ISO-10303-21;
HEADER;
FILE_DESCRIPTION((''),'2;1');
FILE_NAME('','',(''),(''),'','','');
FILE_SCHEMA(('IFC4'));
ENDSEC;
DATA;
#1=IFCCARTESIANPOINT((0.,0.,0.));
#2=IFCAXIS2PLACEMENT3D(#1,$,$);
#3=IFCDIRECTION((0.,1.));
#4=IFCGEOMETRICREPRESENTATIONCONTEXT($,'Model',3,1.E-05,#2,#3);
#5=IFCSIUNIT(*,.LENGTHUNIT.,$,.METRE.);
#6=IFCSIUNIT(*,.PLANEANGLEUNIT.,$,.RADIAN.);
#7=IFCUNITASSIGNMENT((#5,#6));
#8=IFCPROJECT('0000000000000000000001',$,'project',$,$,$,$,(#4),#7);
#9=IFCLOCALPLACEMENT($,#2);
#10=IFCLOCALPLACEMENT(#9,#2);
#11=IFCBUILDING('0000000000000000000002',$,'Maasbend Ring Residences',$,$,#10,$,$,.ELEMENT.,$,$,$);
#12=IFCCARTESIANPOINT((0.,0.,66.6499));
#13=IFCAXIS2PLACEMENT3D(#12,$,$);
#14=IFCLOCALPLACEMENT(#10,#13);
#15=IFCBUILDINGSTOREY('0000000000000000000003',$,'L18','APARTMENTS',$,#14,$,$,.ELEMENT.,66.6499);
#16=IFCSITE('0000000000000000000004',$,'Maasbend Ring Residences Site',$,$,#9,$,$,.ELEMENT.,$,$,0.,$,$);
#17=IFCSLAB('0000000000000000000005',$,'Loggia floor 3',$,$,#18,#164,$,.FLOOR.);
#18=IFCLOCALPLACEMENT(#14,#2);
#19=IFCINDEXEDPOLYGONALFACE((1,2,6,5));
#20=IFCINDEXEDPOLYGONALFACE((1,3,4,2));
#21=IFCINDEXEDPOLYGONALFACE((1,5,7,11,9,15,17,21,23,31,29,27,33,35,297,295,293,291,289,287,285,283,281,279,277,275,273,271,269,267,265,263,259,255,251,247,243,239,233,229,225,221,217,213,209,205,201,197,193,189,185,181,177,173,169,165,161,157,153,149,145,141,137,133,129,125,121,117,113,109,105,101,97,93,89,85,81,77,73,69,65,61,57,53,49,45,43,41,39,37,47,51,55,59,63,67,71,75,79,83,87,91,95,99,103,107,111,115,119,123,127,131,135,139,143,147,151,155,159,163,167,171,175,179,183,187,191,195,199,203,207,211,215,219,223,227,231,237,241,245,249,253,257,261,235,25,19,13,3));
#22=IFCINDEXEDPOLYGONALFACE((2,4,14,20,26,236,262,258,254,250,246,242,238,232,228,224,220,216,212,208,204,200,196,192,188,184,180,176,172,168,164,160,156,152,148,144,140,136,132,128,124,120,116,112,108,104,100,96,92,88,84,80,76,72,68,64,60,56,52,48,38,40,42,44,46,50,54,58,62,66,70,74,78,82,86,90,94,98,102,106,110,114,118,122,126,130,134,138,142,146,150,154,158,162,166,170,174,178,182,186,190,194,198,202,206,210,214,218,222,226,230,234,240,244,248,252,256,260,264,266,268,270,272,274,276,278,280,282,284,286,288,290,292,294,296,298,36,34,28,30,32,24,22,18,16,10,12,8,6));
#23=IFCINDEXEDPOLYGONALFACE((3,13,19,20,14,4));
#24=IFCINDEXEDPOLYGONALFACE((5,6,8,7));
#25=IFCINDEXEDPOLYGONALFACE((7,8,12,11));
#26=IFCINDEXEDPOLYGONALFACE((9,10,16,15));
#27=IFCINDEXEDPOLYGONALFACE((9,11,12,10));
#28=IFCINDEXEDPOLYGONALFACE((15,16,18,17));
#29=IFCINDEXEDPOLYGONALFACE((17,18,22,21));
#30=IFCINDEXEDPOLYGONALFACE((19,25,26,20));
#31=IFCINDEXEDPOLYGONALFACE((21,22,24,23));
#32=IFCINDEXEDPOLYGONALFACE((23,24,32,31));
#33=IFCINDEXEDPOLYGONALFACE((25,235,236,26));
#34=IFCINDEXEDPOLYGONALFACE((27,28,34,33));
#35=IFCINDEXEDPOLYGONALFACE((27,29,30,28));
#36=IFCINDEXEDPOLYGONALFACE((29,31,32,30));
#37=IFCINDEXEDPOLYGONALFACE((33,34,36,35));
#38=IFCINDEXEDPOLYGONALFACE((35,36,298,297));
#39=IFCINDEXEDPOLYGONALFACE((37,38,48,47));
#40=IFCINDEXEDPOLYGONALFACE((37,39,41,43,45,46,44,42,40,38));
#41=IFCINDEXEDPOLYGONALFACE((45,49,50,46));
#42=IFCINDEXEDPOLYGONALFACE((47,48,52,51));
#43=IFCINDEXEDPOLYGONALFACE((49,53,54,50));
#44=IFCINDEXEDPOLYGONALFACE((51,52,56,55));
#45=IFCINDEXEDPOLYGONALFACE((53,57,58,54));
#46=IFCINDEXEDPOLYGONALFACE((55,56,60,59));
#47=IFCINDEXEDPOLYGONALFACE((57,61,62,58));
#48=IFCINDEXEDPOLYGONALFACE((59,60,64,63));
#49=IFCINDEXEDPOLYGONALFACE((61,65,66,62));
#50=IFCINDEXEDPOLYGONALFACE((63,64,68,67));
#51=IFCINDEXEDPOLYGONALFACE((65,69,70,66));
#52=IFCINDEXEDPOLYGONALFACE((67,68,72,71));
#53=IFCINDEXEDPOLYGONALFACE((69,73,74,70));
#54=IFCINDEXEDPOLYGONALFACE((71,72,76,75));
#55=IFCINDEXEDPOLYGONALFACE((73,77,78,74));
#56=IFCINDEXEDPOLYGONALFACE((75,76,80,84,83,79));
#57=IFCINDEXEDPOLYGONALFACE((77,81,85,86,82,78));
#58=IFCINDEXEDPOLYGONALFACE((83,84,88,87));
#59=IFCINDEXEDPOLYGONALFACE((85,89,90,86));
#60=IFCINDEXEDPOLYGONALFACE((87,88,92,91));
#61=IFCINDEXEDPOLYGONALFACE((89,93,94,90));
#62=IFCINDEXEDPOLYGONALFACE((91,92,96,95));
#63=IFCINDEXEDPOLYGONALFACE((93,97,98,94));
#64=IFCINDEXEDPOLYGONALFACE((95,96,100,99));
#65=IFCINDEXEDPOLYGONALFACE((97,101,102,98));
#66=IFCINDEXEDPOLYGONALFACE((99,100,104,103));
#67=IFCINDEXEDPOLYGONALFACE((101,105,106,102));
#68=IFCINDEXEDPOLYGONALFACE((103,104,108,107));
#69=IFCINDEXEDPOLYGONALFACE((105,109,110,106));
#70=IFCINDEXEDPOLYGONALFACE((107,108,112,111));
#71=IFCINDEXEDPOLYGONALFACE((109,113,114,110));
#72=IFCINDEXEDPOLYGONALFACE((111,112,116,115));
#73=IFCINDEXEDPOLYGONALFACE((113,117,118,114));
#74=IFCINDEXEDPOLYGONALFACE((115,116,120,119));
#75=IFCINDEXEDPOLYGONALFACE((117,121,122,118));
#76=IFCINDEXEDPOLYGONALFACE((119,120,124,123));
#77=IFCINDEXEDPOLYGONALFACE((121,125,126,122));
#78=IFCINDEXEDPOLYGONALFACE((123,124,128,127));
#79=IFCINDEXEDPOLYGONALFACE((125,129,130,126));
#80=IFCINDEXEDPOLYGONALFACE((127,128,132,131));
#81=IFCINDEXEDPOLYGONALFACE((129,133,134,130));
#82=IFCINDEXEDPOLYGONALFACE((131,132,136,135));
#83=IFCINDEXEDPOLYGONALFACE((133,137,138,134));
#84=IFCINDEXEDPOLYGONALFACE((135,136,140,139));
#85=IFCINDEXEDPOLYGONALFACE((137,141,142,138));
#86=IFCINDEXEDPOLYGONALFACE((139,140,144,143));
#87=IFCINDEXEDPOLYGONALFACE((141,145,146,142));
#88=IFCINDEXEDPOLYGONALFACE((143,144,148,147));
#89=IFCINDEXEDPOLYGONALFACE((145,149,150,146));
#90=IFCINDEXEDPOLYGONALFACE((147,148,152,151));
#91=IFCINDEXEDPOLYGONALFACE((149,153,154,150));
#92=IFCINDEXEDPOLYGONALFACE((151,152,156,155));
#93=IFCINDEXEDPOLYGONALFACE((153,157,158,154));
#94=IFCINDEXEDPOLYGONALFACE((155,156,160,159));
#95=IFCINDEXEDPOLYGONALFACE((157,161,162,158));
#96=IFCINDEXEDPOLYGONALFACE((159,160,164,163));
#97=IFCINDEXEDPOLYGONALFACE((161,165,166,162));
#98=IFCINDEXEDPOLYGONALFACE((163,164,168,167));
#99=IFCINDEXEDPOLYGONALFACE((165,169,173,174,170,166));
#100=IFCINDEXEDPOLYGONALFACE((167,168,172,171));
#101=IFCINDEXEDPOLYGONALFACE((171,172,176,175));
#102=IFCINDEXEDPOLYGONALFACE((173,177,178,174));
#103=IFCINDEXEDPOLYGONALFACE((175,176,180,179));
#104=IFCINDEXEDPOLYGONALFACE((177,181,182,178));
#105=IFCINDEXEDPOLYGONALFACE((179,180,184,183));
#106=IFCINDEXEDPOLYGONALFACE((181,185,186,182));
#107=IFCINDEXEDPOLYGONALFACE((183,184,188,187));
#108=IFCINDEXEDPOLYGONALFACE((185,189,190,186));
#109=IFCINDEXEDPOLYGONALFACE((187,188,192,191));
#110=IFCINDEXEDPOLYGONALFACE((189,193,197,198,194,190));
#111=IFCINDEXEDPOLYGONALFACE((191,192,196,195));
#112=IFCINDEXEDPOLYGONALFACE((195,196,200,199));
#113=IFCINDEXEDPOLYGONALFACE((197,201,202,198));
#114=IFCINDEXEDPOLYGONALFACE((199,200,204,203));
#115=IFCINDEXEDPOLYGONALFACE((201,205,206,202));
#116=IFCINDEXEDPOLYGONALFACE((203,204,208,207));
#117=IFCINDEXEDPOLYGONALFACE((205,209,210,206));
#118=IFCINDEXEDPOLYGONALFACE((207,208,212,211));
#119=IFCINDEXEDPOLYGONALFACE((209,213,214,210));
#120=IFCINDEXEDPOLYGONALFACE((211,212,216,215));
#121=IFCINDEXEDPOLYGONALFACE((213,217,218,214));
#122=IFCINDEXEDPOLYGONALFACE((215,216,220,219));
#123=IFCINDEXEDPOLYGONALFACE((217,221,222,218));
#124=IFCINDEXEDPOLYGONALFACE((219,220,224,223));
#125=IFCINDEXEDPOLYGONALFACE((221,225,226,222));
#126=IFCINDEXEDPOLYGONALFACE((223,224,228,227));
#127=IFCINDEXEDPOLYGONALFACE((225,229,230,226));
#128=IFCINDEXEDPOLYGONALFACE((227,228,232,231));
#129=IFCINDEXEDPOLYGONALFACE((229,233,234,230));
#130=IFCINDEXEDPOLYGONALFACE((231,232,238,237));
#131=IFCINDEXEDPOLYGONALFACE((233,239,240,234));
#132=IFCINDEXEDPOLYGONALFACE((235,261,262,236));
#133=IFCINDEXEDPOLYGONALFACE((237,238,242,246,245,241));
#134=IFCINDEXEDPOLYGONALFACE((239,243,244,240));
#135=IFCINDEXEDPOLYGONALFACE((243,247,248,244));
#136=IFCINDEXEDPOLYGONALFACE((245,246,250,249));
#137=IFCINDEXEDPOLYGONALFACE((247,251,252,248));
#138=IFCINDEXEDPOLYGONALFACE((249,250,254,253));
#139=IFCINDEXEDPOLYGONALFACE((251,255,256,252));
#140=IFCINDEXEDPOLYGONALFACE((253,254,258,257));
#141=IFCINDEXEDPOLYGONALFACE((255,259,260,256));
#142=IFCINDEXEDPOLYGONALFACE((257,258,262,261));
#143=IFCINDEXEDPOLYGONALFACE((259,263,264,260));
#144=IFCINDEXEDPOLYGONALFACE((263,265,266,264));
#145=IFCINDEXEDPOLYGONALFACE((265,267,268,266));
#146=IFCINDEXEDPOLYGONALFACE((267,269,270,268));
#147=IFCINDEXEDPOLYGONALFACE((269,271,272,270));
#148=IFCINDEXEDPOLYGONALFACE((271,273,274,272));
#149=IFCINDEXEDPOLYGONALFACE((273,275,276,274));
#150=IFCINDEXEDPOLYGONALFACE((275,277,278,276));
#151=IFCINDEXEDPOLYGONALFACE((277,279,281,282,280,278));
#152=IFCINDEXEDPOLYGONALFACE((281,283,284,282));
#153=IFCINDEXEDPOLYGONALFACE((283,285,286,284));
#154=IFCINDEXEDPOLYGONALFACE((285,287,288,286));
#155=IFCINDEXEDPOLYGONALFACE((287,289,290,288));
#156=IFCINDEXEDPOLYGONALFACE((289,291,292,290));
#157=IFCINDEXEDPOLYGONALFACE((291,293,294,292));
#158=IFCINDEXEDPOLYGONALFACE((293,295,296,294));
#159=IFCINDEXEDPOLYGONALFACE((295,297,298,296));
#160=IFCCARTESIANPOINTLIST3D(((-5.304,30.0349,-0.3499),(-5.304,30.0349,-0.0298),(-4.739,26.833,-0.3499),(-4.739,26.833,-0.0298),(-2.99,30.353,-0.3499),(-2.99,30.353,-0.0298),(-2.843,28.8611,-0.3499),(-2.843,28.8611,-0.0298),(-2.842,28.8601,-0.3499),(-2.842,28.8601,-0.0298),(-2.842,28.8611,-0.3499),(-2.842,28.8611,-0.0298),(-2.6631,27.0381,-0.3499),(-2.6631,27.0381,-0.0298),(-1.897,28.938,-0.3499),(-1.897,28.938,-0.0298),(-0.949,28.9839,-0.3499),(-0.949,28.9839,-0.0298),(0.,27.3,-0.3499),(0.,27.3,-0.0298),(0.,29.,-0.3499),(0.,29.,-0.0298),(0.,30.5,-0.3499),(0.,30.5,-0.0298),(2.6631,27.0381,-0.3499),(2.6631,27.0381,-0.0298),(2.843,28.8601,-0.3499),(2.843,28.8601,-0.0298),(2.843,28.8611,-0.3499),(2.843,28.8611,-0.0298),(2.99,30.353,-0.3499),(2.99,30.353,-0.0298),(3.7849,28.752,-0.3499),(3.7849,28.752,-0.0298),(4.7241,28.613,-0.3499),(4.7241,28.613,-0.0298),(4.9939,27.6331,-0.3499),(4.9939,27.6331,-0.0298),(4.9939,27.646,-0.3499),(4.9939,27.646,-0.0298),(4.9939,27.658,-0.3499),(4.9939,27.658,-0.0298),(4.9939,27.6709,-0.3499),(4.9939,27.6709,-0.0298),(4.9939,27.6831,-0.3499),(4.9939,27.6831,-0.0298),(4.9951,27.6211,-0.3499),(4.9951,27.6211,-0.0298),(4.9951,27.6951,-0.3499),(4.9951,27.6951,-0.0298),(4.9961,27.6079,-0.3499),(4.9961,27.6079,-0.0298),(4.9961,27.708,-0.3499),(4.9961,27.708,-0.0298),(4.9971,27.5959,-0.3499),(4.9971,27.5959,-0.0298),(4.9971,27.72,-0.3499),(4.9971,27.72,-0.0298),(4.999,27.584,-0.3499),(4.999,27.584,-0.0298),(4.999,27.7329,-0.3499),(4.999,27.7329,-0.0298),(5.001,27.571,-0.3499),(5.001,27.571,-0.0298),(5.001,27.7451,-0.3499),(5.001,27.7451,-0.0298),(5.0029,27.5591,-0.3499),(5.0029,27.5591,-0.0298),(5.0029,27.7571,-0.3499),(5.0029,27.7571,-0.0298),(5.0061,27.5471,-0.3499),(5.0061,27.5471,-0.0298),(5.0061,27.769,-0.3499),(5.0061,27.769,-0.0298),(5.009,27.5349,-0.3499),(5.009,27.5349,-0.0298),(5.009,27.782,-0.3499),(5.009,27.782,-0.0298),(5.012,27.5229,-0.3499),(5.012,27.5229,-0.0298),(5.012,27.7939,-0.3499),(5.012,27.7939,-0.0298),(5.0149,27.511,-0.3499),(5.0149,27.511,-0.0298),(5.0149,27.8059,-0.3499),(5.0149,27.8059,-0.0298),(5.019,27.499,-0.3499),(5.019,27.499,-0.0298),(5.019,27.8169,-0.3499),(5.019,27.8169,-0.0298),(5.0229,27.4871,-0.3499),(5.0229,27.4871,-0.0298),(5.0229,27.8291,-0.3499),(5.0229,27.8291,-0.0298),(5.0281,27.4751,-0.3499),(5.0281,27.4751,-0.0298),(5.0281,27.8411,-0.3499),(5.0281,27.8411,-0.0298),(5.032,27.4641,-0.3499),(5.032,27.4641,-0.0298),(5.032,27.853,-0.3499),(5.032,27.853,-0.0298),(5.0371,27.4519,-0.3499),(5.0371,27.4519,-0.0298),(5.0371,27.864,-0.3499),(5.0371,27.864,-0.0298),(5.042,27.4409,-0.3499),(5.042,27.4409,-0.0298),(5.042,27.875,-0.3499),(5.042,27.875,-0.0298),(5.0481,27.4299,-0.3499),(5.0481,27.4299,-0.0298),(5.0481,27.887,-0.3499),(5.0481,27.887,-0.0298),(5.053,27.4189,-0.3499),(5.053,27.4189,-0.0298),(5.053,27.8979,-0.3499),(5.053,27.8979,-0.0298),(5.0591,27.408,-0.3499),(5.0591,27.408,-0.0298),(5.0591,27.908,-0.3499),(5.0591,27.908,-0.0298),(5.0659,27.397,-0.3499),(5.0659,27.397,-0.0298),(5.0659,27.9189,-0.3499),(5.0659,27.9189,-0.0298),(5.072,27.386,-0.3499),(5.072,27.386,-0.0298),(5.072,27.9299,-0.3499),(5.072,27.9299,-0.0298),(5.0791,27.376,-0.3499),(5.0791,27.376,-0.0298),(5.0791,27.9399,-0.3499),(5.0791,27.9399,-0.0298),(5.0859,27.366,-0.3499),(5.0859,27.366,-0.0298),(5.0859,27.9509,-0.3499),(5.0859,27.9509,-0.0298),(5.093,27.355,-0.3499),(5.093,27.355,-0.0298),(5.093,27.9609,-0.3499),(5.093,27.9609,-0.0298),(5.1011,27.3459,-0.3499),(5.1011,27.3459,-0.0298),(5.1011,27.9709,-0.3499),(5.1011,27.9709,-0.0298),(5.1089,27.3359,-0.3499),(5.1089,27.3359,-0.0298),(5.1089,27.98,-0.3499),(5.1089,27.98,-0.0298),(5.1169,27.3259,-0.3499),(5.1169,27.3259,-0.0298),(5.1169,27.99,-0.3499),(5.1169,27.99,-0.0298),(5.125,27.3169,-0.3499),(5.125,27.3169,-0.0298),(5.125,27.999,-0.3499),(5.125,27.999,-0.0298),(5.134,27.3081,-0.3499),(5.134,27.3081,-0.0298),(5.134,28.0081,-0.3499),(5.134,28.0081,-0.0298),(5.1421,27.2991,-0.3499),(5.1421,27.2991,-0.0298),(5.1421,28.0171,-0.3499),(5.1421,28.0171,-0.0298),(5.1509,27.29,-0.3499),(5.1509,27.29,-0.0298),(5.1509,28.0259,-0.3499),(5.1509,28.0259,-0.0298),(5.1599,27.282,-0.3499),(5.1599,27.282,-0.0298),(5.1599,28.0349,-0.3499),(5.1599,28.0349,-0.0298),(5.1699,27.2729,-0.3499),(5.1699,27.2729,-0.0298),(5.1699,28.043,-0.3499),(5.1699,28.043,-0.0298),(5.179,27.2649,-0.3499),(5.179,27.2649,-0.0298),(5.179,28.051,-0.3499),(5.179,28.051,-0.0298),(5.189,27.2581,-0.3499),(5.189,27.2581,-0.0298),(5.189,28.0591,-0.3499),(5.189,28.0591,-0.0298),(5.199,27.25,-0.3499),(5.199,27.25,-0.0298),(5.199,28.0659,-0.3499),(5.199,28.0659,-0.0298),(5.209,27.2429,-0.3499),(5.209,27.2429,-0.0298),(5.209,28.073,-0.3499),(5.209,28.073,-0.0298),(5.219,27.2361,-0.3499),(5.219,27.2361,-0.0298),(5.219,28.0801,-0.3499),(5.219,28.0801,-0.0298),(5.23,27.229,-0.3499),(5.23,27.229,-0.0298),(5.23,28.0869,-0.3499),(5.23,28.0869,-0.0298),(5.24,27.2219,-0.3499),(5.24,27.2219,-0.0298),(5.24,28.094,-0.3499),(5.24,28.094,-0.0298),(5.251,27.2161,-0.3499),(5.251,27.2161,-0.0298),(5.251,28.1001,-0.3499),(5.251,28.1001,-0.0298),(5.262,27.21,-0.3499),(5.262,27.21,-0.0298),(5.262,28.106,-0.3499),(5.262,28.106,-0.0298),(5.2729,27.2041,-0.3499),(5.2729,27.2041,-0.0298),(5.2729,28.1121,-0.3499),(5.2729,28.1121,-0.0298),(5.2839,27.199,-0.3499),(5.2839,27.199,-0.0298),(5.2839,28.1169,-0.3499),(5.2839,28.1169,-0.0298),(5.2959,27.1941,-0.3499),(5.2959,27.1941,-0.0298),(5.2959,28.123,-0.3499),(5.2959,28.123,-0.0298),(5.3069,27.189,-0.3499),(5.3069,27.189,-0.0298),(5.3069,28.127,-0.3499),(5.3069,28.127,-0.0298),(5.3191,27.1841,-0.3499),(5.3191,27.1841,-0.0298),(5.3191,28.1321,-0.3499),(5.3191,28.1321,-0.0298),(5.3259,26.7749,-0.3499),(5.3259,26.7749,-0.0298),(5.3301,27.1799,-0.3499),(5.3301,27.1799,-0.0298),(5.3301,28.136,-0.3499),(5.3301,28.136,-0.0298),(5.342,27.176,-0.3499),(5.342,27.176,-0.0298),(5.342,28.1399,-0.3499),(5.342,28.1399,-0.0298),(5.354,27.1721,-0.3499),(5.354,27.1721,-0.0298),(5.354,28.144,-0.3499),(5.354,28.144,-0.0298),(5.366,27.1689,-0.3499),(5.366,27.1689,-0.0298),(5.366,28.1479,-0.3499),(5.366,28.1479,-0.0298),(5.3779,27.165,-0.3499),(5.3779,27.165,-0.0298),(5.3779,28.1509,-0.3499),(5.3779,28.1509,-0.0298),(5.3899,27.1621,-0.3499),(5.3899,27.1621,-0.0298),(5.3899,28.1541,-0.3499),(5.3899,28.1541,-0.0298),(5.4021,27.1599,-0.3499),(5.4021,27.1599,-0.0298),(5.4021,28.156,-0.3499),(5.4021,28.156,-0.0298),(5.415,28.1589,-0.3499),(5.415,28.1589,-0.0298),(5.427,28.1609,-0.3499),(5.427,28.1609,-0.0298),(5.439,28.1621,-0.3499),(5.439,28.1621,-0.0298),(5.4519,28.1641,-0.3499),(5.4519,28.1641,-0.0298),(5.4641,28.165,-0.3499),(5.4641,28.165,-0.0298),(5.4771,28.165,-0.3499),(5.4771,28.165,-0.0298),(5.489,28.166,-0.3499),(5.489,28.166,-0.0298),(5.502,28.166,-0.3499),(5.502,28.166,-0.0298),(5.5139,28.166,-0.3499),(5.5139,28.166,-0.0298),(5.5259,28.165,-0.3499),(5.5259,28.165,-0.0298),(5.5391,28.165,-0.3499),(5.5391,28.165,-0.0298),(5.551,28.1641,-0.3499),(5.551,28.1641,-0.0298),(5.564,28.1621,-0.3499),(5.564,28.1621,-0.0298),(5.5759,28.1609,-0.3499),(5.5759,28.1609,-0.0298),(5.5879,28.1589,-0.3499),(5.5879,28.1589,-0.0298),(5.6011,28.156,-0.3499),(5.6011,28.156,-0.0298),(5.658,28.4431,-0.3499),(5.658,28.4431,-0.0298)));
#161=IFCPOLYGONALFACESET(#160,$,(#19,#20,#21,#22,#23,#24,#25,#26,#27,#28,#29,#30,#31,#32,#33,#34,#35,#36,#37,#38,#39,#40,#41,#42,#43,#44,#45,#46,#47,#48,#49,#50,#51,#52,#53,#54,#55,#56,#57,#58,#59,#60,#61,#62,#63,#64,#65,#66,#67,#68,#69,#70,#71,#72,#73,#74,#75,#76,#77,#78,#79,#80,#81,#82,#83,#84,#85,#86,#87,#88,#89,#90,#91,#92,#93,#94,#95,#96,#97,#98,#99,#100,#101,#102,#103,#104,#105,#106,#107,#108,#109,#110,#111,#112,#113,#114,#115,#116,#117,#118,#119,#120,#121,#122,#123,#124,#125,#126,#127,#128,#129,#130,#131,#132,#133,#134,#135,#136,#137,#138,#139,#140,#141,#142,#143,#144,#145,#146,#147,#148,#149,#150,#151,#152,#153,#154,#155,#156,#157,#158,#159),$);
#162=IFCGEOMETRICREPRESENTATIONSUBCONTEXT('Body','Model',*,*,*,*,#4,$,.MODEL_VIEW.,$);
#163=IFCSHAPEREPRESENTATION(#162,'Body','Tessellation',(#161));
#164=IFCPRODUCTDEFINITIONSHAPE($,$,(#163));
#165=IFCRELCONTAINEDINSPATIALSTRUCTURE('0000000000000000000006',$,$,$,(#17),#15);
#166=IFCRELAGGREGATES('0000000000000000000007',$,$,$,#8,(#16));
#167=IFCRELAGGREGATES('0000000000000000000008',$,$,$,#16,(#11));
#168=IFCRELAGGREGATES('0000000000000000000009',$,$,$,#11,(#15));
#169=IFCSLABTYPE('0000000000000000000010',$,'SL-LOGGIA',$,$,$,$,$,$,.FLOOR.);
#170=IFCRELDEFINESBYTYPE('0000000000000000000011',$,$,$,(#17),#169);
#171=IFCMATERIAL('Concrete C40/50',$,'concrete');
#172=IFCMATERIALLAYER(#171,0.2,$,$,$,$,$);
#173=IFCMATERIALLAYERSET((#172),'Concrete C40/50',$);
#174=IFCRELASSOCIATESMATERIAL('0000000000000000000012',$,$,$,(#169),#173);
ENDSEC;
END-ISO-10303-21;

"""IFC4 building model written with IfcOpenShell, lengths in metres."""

from ifc_helpers import new_model, si_unit, direction, frame, origin, place, context, subcontext, project, spatial, polyline, outline, extrude, material, layer, layer_set, type_object, element, save


model = new_model("IFC4")

# Units and contexts
model_context = context("Model", 3, precision=1e-05, world=origin(), true_north=direction((0.0, 1.0)))
body_context = subcontext(model_context, "Body", "Model", "MODEL_VIEW")
ifc_project = project(units=[si_unit("LENGTHUNIT", "METRE"), si_unit("PLANEANGLEUNIT", "RADIAN")], contexts=[model_context])

# Site, building, storey
site_placement = place(None, origin())
site = spatial("IfcSite", under=ifc_project, at=site_placement, Name="Maasbend Ring Residences Site", CompositionType="ELEMENT", RefElevation=0.0)
building_placement = place(site_placement, origin())
building = spatial("IfcBuilding", under=site, at=building_placement, Name="Maasbend Ring Residences", CompositionType="ELEMENT")
storey_placement = place(building_placement, frame((0.0, 0.0, 66.6499)))
storey = spatial("IfcBuildingStorey", under=building, at=storey_placement, Name="L18", Description="APARTMENTS", CompositionType="ELEMENT", Elevation=66.6499)

# Slab
ifc_material_1 = material(Name="Concrete C40/50", Category="concrete")
ifc_layer_1 = layer(ifc_material_1, 0.2)
ifc_layer_set_1 = layer_set([ifc_layer_1], Name="Concrete C40/50")
slab_type_1 = type_object("IfcSlabType", Name="SL-LOGGIA", PredefinedType="FLOOR", material=ifc_layer_set_1)
slab_1_placement = place(storey_placement, frame((0.0, 0.0, -0.3499)))
element("IfcSlab", 1, at=slab_1_placement, inside=storey, type_object=slab_type_1, Name="Loggia floor 3", PredefinedType="FLOOR", context=body_context, shape_type="SweptSolid", body=[
    extrude(outline(polyline([(-2.843, 28.8611), (-2.843, 28.8611), (-2.843, 28.8611), (-2.843, 28.8611), (-2.842, 28.8611), (-2.842, 28.8611), (-2.842, 28.8611), (-2.842, 28.8611), (-2.842, 28.8611), (-2.842, 28.8601), (-2.842, 28.8601), (-2.842, 28.8601), (-2.842, 28.8601), (-2.842, 28.8601), (-2.842, 28.8601), (-2.842, 28.8601), (-2.842, 28.8601), (-1.897, 28.938), (-1.897, 28.938), (-0.949, 28.9839), (-0.949, 28.9839), (0.0, 29.0), (0.0, 29.0), (0.0, 29.0), (0.0, 29.0), (0.0, 29.0), (0.0, 29.0), (0.0, 29.0), (0.0, 29.0), (0.0, 29.0), (0.0, 29.0), (0.0, 29.0), (0.0, 29.0), (0.0, 29.0), (0.0, 29.0), (0.0, 29.0), (0.0, 29.0), (0.0, 29.0), (0.0, 30.5), (0.0, 30.5), (0.0, 30.5), (2.99, 30.353), (2.99, 30.353), (2.99, 30.353), (2.843, 28.8611), (2.843, 28.8611), (2.843, 28.8611), (2.843, 28.8611), (2.843, 28.8611), (2.843, 28.8611), (2.843, 28.8611), (2.843, 28.8611), (2.843, 28.8601), (2.843, 28.8601), (2.843, 28.8601), (2.843, 28.8601), (2.843, 28.8601), (2.843, 28.8601), (2.843, 28.8601), (2.843, 28.8601), (2.843, 28.8601), (3.7849, 28.752), (3.7849, 28.752), (4.7241, 28.613), (4.7241, 28.613), (5.658, 28.4431), (5.658, 28.4431), (5.658, 28.4431), (5.6011, 28.156), (5.6011, 28.156), (5.5879, 28.1589), (5.5759, 28.1609), (5.564, 28.1621), (5.551, 28.1641), (5.5391, 28.165), (5.5259, 28.165), (5.5139, 28.166), (5.502, 28.166), (5.489, 28.166), (5.4771, 28.165), (5.4641, 28.165), (5.4519, 28.1641), (5.439, 28.1621), (5.427, 28.1609), (5.415, 28.1589), (5.4021, 28.156), (5.3899, 28.1541), (5.3779, 28.1509), (5.366, 28.1479), (5.354, 28.144), (5.342, 28.1399), (5.3301, 28.136), (5.3191, 28.1321), (5.3069, 28.127), (5.2959, 28.123), (5.2839, 28.1169), (5.2729, 28.1121), (5.262, 28.106), (5.251, 28.1001), (5.24, 28.094), (5.23, 28.0869), (5.219, 28.0801), (5.209, 28.073), (5.199, 28.0659), (5.189, 28.0591), (5.179, 28.051), (5.1699, 28.043), (5.1599, 28.0349), (5.1509, 28.0259), (5.1421, 28.0171), (5.134, 28.0081), (5.125, 27.999), (5.1169, 27.99), (5.1089, 27.98), (5.1011, 27.9709), (5.093, 27.9609), (5.0859, 27.9509), (5.0791, 27.9399), (5.072, 27.9299), (5.0659, 27.9189), (5.0591, 27.908), (5.053, 27.8979), (5.0481, 27.887), (5.042, 27.875), (5.0371, 27.864), (5.032, 27.853), (5.0281, 27.8411), (5.0229, 27.8291), (5.019, 27.8169), (5.0149, 27.8059), (5.012, 27.7939), (5.009, 27.782), (5.0061, 27.769), (5.0029, 27.7571), (5.001, 27.7451), (4.999, 27.7329), (4.9971, 27.72), (4.9961, 27.708), (4.9951, 27.6951), (4.9939, 27.6831), (4.9939, 27.6709), (4.9939, 27.658), (4.9939, 27.646), (4.9939, 27.6331), (4.9951, 27.6211), (4.9961, 27.6079), (4.9971, 27.5959), (4.999, 27.584), (5.001, 27.571), (5.0029, 27.5591), (5.0061, 27.5471), (5.009, 27.5349), (5.012, 27.5229), (5.0149, 27.511), (5.019, 27.499), (5.0229, 27.4871), (5.0281, 27.4751), (5.032, 27.4641), (5.0371, 27.4519), (5.042, 27.4409), (5.0481, 27.4299), (5.053, 27.4189), (5.0591, 27.408), (5.0659, 27.397), (5.072, 27.386), (5.0791, 27.376), (5.0859, 27.366), (5.093, 27.355), (5.1011, 27.3459), (5.1089, 27.3359), (5.1169, 27.3259), (5.125, 27.3169), (5.134, 27.3081), (5.1421, 27.2991), (5.1509, 27.29), (5.1599, 27.282), (5.1699, 27.2729), (5.179, 27.2649), (5.189, 27.2581), (5.199, 27.25), (5.209, 27.2429), (5.219, 27.2361), (5.23, 27.229), (5.24, 27.2219), (5.251, 27.2161), (5.262, 27.21), (5.2729, 27.2041), (5.2839, 27.199), (5.2959, 27.1941), (5.3069, 27.189), (5.3191, 27.1841), (5.3301, 27.1799), (5.342, 27.176), (5.354, 27.1721), (5.366, 27.1689), (5.3779, 27.165), (5.3899, 27.1621), (5.4021, 27.1599), (5.4021, 27.1599), (5.3259, 26.7749), (5.3259, 26.7749), (5.3259, 26.7749), (2.6631, 27.0381), (0.0, 27.3), (0.0, 27.3), (0.0, 27.3), (-2.6631, 27.0381), (-4.739, 26.833), (-4.739, 26.833), (-4.739, 26.833), (-5.304, 30.0349), (-5.304, 30.0349), (-5.304, 30.0349), (-2.99, 30.353), (-2.99, 30.353), (-2.99, 30.353), (-2.843, 28.8611)])), origin(), (0.0, 0.0, 1.0), 0.3201),
])

save(model, "model.ifc")
